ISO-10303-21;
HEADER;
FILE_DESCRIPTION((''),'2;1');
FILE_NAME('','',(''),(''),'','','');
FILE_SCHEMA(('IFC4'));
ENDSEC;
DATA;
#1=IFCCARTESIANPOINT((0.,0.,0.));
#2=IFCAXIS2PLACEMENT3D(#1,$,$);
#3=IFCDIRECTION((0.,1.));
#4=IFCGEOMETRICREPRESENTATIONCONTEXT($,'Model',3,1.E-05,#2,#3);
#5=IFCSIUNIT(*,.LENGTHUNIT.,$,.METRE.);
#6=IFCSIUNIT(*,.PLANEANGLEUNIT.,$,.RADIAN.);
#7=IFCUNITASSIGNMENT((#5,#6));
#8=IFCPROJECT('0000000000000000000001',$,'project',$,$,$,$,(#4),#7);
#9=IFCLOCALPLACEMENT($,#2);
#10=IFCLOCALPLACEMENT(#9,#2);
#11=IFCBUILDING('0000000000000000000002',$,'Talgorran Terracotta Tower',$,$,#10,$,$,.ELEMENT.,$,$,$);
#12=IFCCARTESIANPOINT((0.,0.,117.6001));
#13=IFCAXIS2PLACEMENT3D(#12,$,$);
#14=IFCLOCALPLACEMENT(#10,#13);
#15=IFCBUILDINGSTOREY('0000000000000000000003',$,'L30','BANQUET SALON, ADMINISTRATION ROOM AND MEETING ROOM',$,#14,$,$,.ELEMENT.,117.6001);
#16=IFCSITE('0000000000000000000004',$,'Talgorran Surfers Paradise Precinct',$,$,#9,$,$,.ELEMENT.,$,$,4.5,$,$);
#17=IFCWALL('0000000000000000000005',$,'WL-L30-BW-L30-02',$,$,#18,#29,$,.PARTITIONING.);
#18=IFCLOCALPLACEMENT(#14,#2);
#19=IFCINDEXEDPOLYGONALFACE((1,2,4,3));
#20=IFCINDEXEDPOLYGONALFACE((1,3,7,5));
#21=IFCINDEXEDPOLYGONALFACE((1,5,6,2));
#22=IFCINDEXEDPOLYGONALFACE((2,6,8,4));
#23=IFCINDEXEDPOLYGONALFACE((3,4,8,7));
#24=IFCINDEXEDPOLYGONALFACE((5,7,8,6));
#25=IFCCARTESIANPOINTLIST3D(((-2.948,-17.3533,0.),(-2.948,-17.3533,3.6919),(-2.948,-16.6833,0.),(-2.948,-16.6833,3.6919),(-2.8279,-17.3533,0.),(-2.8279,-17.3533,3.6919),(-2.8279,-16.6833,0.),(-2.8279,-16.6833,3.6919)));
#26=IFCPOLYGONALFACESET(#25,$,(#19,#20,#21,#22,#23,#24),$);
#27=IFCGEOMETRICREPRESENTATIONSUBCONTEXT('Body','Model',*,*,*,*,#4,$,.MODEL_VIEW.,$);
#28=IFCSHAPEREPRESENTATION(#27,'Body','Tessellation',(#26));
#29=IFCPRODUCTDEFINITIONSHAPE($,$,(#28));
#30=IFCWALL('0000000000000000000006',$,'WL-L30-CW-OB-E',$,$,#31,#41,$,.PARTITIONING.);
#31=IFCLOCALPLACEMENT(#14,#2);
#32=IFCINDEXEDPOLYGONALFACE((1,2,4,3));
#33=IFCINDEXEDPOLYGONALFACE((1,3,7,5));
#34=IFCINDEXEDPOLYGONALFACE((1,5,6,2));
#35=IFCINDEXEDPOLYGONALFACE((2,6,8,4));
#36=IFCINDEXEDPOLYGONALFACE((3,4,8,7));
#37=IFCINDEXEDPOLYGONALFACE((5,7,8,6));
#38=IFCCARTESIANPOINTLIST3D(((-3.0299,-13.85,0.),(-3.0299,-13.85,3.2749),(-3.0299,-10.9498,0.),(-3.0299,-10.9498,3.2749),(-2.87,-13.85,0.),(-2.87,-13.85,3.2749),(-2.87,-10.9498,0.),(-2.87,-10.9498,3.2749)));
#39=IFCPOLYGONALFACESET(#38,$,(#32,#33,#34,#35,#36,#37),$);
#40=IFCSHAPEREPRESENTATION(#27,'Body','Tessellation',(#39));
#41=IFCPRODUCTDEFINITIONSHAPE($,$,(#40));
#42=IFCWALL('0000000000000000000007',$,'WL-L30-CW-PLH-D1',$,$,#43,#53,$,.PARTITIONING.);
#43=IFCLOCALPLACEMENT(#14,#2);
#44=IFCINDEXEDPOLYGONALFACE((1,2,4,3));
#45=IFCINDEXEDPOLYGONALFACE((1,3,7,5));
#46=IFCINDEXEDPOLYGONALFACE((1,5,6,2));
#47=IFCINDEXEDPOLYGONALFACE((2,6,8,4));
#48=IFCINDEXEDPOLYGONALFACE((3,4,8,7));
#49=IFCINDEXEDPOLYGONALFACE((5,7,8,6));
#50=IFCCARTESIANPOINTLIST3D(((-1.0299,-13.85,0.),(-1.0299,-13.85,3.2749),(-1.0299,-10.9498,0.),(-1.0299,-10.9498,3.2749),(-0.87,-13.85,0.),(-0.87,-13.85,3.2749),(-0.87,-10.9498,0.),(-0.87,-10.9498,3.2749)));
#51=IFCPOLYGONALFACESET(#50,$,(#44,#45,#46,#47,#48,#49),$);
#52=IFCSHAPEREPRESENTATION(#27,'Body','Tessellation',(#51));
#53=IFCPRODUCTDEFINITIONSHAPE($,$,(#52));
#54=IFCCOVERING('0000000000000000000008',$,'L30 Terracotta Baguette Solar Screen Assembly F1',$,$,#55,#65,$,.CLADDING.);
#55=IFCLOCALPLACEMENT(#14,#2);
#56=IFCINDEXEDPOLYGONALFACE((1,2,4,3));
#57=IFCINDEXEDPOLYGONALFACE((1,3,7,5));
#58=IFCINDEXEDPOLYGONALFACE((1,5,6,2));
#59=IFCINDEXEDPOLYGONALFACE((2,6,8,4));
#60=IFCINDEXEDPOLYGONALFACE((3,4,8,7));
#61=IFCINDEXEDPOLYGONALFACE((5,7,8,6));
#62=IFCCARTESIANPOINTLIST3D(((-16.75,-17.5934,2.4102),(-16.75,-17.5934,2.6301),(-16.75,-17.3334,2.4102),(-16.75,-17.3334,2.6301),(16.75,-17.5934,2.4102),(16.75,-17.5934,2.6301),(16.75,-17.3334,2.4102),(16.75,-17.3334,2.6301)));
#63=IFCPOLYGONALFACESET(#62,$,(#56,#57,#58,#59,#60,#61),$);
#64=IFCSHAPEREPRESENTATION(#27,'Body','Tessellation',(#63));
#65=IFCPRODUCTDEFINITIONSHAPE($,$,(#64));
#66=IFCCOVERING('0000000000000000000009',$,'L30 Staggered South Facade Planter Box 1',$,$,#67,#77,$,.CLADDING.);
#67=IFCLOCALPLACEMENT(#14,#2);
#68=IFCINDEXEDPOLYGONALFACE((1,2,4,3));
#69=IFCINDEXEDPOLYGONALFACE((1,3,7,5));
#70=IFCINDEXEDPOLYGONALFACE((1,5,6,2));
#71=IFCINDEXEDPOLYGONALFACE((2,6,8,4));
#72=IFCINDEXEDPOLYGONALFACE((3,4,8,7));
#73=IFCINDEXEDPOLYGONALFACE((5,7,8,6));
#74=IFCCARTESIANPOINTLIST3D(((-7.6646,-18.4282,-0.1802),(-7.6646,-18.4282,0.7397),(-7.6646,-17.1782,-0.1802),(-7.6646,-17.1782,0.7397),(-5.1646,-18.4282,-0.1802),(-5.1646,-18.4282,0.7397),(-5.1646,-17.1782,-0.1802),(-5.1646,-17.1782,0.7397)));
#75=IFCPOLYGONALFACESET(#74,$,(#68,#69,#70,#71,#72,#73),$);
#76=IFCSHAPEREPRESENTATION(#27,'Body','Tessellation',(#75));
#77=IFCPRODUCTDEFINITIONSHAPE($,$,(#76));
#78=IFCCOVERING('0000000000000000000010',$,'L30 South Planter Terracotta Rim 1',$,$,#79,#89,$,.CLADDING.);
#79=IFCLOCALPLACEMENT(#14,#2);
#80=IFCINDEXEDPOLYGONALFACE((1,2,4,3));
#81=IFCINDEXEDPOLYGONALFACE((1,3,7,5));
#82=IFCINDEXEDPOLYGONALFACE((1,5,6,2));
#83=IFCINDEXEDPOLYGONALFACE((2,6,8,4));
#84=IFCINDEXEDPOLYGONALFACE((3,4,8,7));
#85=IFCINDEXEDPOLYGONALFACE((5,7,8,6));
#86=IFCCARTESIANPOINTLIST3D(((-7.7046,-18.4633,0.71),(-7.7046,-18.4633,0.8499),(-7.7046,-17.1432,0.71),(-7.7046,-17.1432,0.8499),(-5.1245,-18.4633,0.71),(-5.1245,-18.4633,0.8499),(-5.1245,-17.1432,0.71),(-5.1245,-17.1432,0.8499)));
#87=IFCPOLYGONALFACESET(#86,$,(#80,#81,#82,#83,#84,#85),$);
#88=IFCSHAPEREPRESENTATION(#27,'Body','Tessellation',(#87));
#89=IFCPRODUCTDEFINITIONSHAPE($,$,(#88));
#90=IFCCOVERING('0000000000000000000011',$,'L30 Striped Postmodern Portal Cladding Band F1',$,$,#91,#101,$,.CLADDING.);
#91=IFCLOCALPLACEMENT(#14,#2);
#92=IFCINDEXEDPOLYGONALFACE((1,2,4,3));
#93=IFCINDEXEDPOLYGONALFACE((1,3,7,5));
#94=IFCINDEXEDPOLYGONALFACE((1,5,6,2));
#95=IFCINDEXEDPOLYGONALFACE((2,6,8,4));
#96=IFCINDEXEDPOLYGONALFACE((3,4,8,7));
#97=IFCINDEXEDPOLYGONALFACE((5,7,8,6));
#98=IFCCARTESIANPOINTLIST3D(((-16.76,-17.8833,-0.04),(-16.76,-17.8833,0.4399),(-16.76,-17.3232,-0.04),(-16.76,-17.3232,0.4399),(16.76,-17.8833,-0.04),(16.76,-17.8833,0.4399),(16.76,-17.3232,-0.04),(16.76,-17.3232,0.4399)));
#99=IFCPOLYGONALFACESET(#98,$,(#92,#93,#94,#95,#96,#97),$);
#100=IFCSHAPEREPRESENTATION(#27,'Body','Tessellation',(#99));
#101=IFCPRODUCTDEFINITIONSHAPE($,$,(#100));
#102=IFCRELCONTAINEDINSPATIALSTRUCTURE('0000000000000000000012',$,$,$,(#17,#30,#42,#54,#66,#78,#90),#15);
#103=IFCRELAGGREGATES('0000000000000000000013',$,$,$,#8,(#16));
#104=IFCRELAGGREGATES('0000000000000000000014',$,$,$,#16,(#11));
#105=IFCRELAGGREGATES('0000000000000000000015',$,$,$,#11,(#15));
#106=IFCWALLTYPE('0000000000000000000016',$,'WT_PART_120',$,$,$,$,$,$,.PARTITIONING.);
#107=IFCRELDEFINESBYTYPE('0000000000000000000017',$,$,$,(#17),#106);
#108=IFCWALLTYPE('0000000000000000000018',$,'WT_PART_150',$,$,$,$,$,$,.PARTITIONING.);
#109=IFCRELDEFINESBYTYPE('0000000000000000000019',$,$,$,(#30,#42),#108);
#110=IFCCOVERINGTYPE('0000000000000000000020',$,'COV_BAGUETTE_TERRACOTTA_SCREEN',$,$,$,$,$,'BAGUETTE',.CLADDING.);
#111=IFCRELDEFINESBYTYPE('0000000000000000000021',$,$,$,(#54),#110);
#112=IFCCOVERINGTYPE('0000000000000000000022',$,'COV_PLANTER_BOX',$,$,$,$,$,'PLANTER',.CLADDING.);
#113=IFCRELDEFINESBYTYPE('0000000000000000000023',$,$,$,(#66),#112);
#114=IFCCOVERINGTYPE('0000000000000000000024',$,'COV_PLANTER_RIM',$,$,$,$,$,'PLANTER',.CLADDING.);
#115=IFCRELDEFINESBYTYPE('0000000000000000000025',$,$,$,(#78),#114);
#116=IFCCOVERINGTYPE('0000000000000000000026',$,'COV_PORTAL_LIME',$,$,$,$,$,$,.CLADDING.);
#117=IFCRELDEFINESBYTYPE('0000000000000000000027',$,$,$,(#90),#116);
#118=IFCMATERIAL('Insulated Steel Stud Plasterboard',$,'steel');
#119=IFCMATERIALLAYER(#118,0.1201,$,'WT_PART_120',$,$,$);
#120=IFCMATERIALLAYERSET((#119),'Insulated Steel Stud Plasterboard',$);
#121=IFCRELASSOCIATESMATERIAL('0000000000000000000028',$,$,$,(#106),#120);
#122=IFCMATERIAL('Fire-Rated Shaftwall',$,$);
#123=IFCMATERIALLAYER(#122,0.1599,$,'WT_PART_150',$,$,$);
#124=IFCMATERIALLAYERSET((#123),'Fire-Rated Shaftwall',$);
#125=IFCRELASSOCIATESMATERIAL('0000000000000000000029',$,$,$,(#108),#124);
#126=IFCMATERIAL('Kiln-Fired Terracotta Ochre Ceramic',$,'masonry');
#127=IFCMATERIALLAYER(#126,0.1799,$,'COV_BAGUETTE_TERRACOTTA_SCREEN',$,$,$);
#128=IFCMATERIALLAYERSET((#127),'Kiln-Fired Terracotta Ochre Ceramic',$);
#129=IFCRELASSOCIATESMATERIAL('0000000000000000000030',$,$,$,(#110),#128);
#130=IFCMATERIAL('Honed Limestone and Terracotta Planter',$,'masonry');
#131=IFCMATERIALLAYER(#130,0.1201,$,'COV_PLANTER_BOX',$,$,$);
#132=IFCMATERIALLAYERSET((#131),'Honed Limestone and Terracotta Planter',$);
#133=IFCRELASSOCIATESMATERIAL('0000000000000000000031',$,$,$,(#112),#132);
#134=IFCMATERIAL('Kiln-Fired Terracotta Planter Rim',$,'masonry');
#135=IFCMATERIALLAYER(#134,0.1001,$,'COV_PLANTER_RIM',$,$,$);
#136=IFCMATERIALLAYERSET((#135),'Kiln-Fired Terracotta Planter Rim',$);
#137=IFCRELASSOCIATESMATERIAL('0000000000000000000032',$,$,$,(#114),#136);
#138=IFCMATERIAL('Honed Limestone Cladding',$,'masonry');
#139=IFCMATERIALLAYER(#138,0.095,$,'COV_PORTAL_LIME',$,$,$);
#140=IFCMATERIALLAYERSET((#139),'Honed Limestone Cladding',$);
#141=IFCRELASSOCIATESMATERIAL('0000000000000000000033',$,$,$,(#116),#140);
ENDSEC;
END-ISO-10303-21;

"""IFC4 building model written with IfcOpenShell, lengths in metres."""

from ifc_helpers import new_model, si_unit, direction, frame, frame_2d, origin, origin_2d, place, context, subcontext, project, spatial, rectangle, extrude, material, layer, layer_set, type_object, element, save


model = new_model("IFC4")

# Units and contexts
model_context = context("Model", 3, precision=1e-05, world=origin(), true_north=direction((0.0, 1.0)))
body_context = subcontext(model_context, "Body", "Model", "MODEL_VIEW")
ifc_project = project(units=[si_unit("LENGTHUNIT", "METRE"), si_unit("PLANEANGLEUNIT", "RADIAN")], contexts=[model_context])

# Site, building, storey
site_placement = place(None, origin())
site = spatial("IfcSite", under=ifc_project, at=site_placement, Name="Talgorran Surfers Paradise Precinct", CompositionType="ELEMENT", RefElevation=4.5)
building_placement = place(site_placement, origin())
building = spatial("IfcBuilding", under=site, at=building_placement, Name="Talgorran Terracotta Tower", CompositionType="ELEMENT")
storey_placement = place(building_placement, frame((0.0, 0.0, 117.6001)))
storey = spatial("IfcBuildingStorey", under=building, at=storey_placement, Name="L30", Description="BANQUET SALON, ADMINISTRATION ROOM AND MEETING ROOM", CompositionType="ELEMENT", Elevation=117.6001)

# Walls
ifc_material_1 = material(Name="Insulated Steel Stud Plasterboard", Category="steel")
ifc_layer_1 = layer(ifc_material_1, 0.1201, Name="WT_PART_120")
ifc_layer_set_1 = layer_set([ifc_layer_1], Name="Insulated Steel Stud Plasterboard")
wall_type_1 = type_object("IfcWallType", Name="WT_PART_120", PredefinedType="PARTITIONING", material=ifc_layer_set_1)
wall_1_placement = place(storey_placement, frame((-2.8879, -16.6833, 0.0), z_axis=(0.0, 0.0, 1.0), x_axis=(0.0, -1.0, 0.0)))
element("IfcWall", 1, at=wall_1_placement, inside=storey, type_object=wall_type_1, Name="WL-L30-BW-L30-02", PredefinedType="PARTITIONING", context=body_context, shape_type="SweptSolid", body=[
    extrude(rectangle(XDim=0.6699, YDim=0.1201, at=frame_2d((0.335, 0.0))), origin(), (0.0, 0.0, 1.0), 3.6919),
])
ifc_material_2 = material(Name="Fire-Rated Shaftwall")
ifc_layer_2 = layer(ifc_material_2, 0.1599, Name="WT_PART_150")
ifc_layer_set_2 = layer_set([ifc_layer_2], Name="Fire-Rated Shaftwall")
wall_type_2 = type_object("IfcWallType", Name="WT_PART_150", PredefinedType="PARTITIONING", material=ifc_layer_set_2)
for number, where, z_axis, x_axis, name in (
    (2, (-2.95, -13.8501, 0.0), (0.0, 0.0, 1.0), (0.0, 1.0, 0.0), "WL-L30-CW-OB-E"),
    (3, (-0.95, -13.8501, 0.0), (0.0, 0.0, 1.0), (0.0, 1.0, 0.0), "WL-L30-CW-PLH-D1"),
):
    element("IfcWall", number, at=place(storey_placement, frame(where, z_axis=z_axis, x_axis=x_axis)), inside=storey, type_object=wall_type_2, Name=name, PredefinedType="PARTITIONING", context=body_context, shape_type="SweptSolid", body=[
        extrude(rectangle(XDim=2.9001, YDim=0.1599, at=frame_2d((1.4502, 0.0))), origin(), (0.0, 0.0, 1.0), 3.2749),
    ])

# Coverings
ifc_material_3 = material(Name="Kiln-Fired Terracotta Ochre Ceramic", Category="masonry")
ifc_layer_3 = layer(ifc_material_3, 0.1799, Name="COV_BAGUETTE_TERRACOTTA_SCREEN")
ifc_layer_set_3 = layer_set([ifc_layer_3], Name="Kiln-Fired Terracotta Ochre Ceramic")
covering_type_1 = type_object("IfcCoveringType", Name="COV_BAGUETTE_TERRACOTTA_SCREEN", ElementType="BAGUETTE", PredefinedType="CLADDING", material=ifc_layer_set_3)
covering_1_placement = place(storey_placement, frame((0.0, -17.4634, 2.4102), z_axis=(0.0, 0.0, 1.0), x_axis=(1.0, 0.0, 0.0)))
element("IfcCovering", 4, at=covering_1_placement, inside=storey, type_object=covering_type_1, Name="L30 Terracotta Baguette Solar Screen Assembly F1", PredefinedType="CLADDING", context=body_context, shape_type="SweptSolid", body=[
    extrude(rectangle(XDim=33.5, YDim=0.26, at=origin_2d()), origin(), (0.0, 0.0, 1.0), 0.22),
])
ifc_material_4 = material(Name="Honed Limestone and Terracotta Planter", Category="masonry")
ifc_layer_4 = layer(ifc_material_4, 0.1201, Name="COV_PLANTER_BOX")
ifc_layer_set_4 = layer_set([ifc_layer_4], Name="Honed Limestone and Terracotta Planter")
covering_type_2 = type_object("IfcCoveringType", Name="COV_PLANTER_BOX", ElementType="PLANTER", PredefinedType="CLADDING", material=ifc_layer_set_4)
covering_2_placement = place(storey_placement, frame((-6.4146, -17.8032, -0.1802), z_axis=(0.0, 0.0, 1.0), x_axis=(1.0, 0.0, 0.0)))
element("IfcCovering", 5, at=covering_2_placement, inside=storey, type_object=covering_type_2, Name="L30 Staggered South Facade Planter Box 1", PredefinedType="CLADDING", context=body_context, shape_type="SweptSolid", body=[
    extrude(rectangle(XDim=2.5, YDim=1.25, at=origin_2d()), origin(), (0.0, 0.0, 1.0), 0.9199),
])
ifc_material_5 = material(Name="Kiln-Fired Terracotta Planter Rim", Category="masonry")
ifc_layer_5 = layer(ifc_material_5, 0.1001, Name="COV_PLANTER_RIM")
ifc_layer_set_5 = layer_set([ifc_layer_5], Name="Kiln-Fired Terracotta Planter Rim")
covering_type_3 = type_object("IfcCoveringType", Name="COV_PLANTER_RIM", ElementType="PLANTER", PredefinedType="CLADDING", material=ifc_layer_set_5)
covering_3_placement = place(storey_placement, frame((-6.4146, -17.8032, 0.71), z_axis=(0.0, 0.0, 1.0), x_axis=(1.0, 0.0, 0.0)))
element("IfcCovering", 6, at=covering_3_placement, inside=storey, type_object=covering_type_3, Name="L30 South Planter Terracotta Rim 1", PredefinedType="CLADDING", context=body_context, shape_type="SweptSolid", body=[
    extrude(rectangle(XDim=2.5801, YDim=1.3201, at=origin_2d()), origin(), (0.0, 0.0, 1.0), 0.1399),
])
ifc_material_6 = material(Name="Honed Limestone Cladding", Category="masonry")
ifc_layer_6 = layer(ifc_material_6, 0.095, Name="COV_PORTAL_LIME")
ifc_layer_set_6 = layer_set([ifc_layer_6], Name="Honed Limestone Cladding")
covering_type_4 = type_object("IfcCoveringType", Name="COV_PORTAL_LIME", PredefinedType="CLADDING", material=ifc_layer_set_6)
covering_4_placement = place(storey_placement, frame((0.0, -17.6033, -0.04), z_axis=(0.0, 0.0, 1.0), x_axis=(1.0, 0.0, 0.0)))
element("IfcCovering", 7, at=covering_4_placement, inside=storey, type_object=covering_type_4, Name="L30 Striped Postmodern Portal Cladding Band F1", PredefinedType="CLADDING", context=body_context, shape_type="SweptSolid", body=[
    extrude(rectangle(XDim=33.52, YDim=0.5601, at=origin_2d()), origin(), (0.0, 0.0, 1.0), 0.48),
])

save(model, "model.ifc")
